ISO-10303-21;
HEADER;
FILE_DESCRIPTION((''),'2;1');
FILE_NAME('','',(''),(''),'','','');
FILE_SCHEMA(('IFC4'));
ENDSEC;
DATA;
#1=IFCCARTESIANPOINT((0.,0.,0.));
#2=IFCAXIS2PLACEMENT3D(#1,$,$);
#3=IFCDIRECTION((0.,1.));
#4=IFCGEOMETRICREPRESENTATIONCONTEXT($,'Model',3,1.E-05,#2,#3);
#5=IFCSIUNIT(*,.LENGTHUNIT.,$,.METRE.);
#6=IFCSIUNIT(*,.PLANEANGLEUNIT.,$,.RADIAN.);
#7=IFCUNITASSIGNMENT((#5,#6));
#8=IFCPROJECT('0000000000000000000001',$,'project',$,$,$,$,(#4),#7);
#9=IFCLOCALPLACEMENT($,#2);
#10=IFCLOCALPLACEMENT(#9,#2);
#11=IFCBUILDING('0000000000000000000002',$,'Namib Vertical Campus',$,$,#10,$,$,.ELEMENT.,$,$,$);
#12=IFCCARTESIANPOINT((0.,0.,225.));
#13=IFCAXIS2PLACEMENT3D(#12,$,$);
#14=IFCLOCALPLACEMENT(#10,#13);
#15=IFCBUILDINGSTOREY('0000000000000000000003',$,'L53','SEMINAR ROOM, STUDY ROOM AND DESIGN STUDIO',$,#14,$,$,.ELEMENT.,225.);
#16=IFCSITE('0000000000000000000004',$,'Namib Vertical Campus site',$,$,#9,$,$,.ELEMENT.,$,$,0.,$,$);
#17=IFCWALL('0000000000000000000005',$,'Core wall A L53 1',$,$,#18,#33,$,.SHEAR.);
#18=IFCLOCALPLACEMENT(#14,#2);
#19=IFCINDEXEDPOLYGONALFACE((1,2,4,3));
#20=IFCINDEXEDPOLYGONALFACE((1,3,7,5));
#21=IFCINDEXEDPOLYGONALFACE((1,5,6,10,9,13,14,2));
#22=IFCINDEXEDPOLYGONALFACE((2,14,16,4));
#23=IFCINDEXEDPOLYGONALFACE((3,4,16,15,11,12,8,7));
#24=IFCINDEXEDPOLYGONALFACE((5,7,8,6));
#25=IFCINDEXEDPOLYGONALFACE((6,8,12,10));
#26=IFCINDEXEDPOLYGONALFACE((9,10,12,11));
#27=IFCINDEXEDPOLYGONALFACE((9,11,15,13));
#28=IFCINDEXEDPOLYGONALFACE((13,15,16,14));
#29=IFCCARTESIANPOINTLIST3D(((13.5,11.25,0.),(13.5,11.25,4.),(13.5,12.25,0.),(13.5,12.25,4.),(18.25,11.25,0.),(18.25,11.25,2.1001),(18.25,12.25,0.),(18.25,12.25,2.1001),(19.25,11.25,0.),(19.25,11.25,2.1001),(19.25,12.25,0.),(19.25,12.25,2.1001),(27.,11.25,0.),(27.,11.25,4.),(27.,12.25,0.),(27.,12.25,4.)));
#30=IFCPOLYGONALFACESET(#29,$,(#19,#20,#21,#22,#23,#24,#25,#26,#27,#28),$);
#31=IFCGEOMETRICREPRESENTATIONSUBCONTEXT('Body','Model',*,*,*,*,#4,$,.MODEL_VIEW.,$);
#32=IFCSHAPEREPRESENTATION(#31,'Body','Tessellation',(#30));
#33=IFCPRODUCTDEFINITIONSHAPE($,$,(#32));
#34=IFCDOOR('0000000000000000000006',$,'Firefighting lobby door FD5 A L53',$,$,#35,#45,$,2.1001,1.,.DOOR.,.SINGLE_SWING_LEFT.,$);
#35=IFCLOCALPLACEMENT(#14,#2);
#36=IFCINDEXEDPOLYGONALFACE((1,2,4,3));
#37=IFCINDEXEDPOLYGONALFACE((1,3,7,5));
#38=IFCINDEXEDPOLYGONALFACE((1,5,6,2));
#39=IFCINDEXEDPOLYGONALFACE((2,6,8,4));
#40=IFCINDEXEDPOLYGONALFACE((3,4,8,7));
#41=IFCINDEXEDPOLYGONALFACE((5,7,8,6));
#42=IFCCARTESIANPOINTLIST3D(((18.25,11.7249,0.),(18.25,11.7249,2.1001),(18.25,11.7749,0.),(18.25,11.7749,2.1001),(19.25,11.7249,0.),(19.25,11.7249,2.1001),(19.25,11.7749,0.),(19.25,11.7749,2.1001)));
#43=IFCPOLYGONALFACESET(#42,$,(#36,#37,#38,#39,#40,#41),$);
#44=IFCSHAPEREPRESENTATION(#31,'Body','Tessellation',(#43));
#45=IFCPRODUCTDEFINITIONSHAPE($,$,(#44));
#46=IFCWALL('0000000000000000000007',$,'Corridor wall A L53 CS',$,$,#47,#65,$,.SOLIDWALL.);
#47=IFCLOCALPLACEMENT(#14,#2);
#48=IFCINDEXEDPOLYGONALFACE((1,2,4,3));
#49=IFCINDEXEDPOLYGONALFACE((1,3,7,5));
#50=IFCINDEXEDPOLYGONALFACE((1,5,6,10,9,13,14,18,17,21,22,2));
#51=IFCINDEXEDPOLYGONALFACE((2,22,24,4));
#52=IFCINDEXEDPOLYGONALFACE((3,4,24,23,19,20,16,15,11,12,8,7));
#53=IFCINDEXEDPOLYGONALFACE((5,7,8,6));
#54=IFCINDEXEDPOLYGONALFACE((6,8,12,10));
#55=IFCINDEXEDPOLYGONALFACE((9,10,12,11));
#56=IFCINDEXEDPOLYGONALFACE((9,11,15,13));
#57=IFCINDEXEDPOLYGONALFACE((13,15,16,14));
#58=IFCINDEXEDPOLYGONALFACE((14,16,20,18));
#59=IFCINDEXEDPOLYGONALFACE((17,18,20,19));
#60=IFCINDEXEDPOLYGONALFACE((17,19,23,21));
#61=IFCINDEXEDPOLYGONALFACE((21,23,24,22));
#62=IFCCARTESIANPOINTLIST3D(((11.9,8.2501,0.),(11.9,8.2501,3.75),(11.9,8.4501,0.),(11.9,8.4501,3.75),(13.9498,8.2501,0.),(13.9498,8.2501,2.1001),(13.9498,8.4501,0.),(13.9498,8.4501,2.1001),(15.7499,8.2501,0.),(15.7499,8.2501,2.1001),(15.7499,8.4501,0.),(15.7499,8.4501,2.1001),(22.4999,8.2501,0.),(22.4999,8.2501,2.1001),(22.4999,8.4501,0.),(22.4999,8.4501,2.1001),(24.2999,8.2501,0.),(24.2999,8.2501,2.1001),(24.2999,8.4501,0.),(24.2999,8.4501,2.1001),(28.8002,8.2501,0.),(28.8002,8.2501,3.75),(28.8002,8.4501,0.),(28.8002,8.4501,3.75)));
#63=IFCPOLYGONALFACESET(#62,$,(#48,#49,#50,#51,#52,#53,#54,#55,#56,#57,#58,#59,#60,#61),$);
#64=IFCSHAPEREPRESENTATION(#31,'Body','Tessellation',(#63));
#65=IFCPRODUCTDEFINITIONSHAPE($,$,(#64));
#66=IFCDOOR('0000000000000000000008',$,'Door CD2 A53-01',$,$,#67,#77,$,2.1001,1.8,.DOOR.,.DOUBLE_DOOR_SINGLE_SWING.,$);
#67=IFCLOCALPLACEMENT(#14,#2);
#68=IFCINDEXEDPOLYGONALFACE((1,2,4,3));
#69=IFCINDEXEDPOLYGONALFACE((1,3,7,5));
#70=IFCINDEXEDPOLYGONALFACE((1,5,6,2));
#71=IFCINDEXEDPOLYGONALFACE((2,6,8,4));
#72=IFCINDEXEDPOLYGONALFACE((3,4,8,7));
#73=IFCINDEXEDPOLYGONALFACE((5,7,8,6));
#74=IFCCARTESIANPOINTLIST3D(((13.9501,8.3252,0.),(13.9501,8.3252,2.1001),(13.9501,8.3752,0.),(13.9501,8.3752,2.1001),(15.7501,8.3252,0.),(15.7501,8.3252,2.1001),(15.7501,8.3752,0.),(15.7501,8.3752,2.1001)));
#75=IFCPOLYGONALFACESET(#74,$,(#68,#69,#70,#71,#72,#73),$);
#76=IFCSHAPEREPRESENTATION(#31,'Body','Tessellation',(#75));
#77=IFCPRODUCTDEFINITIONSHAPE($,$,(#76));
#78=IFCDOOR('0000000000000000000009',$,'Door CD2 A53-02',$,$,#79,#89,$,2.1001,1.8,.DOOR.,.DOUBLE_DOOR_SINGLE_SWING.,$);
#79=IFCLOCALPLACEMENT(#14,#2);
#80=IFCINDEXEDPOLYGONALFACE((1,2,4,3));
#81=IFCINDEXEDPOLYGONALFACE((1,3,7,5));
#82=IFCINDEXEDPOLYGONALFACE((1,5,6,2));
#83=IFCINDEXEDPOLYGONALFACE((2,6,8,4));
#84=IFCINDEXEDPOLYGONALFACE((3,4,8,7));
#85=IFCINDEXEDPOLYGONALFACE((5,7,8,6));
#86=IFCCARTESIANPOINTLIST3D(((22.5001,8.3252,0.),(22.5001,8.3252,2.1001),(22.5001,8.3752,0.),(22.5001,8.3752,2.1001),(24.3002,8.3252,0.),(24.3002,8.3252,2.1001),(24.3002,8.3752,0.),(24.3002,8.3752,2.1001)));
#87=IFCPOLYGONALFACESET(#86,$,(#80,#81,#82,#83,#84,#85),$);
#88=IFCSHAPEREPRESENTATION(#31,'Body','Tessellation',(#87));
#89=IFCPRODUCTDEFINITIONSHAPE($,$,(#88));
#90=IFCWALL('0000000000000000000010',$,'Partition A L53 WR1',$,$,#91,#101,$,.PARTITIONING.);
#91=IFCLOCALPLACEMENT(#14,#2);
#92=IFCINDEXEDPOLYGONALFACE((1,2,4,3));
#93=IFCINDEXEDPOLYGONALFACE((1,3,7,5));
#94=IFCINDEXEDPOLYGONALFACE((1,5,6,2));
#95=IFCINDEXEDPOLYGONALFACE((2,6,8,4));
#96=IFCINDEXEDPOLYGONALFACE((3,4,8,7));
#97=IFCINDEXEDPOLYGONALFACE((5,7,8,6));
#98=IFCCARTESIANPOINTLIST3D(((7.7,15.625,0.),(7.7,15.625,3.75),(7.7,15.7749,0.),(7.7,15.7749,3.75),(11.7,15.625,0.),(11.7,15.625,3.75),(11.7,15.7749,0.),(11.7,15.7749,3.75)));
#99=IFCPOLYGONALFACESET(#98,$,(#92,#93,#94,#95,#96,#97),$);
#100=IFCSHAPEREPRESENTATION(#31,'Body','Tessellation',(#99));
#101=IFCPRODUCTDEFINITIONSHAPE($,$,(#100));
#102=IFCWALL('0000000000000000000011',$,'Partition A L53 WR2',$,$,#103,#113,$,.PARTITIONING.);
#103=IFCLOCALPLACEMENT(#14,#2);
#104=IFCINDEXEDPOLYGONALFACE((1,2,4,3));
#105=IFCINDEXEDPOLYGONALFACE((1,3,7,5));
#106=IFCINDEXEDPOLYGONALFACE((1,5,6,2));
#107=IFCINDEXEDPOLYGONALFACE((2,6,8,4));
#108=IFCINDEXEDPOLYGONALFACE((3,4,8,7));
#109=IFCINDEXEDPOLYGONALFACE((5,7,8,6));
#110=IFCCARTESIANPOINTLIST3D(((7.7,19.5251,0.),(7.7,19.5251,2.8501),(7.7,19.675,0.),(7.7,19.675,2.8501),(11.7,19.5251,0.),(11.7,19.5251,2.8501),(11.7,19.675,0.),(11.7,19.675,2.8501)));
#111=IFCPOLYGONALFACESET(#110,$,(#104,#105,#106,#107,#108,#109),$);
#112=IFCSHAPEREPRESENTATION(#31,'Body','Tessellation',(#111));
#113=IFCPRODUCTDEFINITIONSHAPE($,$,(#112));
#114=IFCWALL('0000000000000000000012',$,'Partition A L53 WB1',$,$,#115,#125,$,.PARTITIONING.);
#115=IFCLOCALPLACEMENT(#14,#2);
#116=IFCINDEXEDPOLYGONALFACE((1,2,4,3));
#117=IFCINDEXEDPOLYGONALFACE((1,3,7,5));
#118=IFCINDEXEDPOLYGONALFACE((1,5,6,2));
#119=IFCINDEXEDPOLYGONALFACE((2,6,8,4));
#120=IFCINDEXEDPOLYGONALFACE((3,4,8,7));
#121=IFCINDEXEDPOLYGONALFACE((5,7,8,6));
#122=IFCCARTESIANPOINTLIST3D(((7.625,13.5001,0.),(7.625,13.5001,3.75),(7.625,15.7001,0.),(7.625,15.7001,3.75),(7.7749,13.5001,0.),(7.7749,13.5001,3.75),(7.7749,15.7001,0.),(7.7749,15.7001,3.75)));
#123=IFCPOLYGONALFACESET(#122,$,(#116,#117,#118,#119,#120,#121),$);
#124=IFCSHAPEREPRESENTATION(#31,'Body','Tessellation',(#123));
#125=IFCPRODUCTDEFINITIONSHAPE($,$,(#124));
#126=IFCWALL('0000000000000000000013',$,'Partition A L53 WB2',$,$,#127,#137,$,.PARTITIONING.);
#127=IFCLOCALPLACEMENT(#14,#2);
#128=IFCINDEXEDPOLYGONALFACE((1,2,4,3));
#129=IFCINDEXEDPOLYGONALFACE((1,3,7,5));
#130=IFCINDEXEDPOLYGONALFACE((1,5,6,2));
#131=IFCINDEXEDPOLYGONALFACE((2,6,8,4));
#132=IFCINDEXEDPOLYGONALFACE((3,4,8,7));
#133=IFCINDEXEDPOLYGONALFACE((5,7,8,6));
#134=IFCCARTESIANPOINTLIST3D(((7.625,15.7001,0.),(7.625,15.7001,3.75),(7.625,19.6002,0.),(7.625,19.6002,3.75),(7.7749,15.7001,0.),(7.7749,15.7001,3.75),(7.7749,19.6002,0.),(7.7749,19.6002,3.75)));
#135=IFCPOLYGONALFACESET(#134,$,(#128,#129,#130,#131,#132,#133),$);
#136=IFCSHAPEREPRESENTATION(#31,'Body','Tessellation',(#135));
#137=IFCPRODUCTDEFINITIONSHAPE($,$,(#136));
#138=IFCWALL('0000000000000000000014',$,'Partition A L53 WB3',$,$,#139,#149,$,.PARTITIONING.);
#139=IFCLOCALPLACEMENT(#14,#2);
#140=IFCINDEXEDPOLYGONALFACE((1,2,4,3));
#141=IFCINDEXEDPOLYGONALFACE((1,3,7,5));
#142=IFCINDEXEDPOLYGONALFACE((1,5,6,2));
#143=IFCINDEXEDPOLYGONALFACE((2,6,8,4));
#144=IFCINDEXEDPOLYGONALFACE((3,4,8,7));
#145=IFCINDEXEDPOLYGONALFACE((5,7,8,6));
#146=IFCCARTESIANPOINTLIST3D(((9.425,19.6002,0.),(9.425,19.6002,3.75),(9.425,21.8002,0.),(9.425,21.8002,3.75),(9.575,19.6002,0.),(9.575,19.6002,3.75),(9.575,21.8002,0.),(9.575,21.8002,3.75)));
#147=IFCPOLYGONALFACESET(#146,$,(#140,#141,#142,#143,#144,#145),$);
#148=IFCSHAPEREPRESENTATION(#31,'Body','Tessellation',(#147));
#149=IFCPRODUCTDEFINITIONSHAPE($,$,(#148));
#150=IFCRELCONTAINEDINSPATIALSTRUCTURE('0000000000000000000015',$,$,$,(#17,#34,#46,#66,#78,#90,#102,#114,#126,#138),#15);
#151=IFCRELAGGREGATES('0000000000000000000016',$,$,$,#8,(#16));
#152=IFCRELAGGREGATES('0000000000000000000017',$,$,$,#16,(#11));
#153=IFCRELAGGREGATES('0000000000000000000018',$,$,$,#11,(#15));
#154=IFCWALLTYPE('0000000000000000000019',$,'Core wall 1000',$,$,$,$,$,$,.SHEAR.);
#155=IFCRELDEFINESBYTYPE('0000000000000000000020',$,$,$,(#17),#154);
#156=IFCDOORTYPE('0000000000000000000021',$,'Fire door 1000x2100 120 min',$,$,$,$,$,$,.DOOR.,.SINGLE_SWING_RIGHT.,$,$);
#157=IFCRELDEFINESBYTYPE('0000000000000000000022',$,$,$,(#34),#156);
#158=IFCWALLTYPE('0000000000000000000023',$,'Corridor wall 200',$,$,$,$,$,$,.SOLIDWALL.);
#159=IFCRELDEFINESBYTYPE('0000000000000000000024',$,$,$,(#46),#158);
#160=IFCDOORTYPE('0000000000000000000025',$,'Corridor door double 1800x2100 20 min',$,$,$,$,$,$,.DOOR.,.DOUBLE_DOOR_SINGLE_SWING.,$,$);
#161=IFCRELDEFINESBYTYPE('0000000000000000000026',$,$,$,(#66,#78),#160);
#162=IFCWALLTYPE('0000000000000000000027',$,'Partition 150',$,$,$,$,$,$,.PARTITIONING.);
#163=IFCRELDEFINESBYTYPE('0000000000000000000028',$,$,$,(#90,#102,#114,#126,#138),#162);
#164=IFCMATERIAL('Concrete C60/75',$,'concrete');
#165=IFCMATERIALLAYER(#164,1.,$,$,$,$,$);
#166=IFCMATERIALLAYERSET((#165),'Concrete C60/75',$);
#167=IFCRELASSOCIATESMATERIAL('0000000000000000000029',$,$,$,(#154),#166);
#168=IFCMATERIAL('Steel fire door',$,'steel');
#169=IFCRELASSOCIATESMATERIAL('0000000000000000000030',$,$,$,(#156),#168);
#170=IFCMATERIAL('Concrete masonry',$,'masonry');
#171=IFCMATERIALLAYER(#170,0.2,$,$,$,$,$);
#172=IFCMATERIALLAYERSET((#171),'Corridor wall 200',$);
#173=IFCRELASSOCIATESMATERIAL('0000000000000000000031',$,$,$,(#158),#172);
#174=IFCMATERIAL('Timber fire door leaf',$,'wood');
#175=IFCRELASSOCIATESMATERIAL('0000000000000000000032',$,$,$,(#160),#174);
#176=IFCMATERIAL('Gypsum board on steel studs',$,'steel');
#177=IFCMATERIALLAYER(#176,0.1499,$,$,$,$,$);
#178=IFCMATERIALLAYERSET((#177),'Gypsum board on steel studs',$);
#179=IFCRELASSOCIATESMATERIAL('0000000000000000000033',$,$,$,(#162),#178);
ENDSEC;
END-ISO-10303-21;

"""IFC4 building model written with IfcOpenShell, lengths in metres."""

from ifc_helpers import new_model, si_unit, direction, frame, frame_2d, origin, place, context, subcontext, project, spatial, rectangle, extrude, material, layer, layer_set, type_object, element, fill, save


model = new_model("IFC4")

# Units and contexts
model_context = context("Model", 3, precision=1e-05, world=origin(), true_north=direction((0.0, 1.0)))
body_context = subcontext(model_context, "Body", "Model", "MODEL_VIEW")
ifc_project = project(units=[si_unit("LENGTHUNIT", "METRE"), si_unit("PLANEANGLEUNIT", "RADIAN")], contexts=[model_context])

# Site, building, storey
site_placement = place(None, origin())
site = spatial("IfcSite", under=ifc_project, at=site_placement, Name="Namib Vertical Campus site", CompositionType="ELEMENT", RefElevation=0.0)
building_placement = place(site_placement, origin())
building = spatial("IfcBuilding", under=site, at=building_placement, Name="Namib Vertical Campus", CompositionType="ELEMENT")
storey_placement = place(building_placement, frame((0.0, 0.0, 225.0)))
storey = spatial("IfcBuildingStorey", under=building, at=storey_placement, Name="L53", Description="SEMINAR ROOM, STUDY ROOM AND DESIGN STUDIO", CompositionType="ELEMENT", Elevation=225.0)

# Wall, opening, door
ifc_material_1 = material(Name="Concrete C60/75", Category="concrete")
ifc_layer_1 = layer(ifc_material_1, 1.0)
ifc_layer_set_1 = layer_set([ifc_layer_1], Name="Concrete C60/75")
wall_type_1 = type_object("IfcWallType", Name="Core wall 1000", PredefinedType="SHEAR", material=ifc_layer_set_1)
wall_1_placement = place(storey_placement, frame((13.5, 11.75, 0.0), z_axis=(0.0, 0.0, 1.0), x_axis=(1.0, 0.0, 0.0)))
wall_1 = element("IfcWall", 1, at=wall_1_placement, inside=storey, type_object=wall_type_1, Name="Core wall A L53 1", PredefinedType="SHEAR", context=body_context, shape_type="SweptSolid", body=[
    extrude(rectangle(XDim=13.5, YDim=1.0, at=frame_2d((6.75, 0.0))), origin(), (0.0, 0.0, 1.0), 4.0),
])
opening_1_placement = place(wall_1_placement, frame((4.75, 0.0, 0.0)))
opening_1 = element("IfcOpeningElement", 2, at=opening_1_placement, cuts=wall_1, PredefinedType="OPENING", context=body_context, shape_type="SweptSolid", body=[
    extrude(rectangle(XDim=1.0, YDim=2.1001, at=frame_2d((0.5, 1.05))), frame((0.0, 0.51, 0.0), z_axis=(0.0, -1.0, 0.0), x_axis=(1.0, 0.0, 0.0)), (0.0, 0.0, 1.0), 1.02),
])
ifc_material_2 = material(Name="Steel fire door", Category="steel")
door_type_1 = type_object("IfcDoorType", Name="Fire door 1000x2100 120 min", OperationType="SINGLE_SWING_RIGHT", PredefinedType="DOOR", material=ifc_material_2)
door_1_placement = place(opening_1_placement, origin())
door_1 = element("IfcDoor", 3, at=door_1_placement, inside=storey, type_object=door_type_1, Name="Firefighting lobby door FD5 A L53", OperationType="SINGLE_SWING_LEFT", OverallHeight=2.1001, OverallWidth=1.0, PredefinedType="DOOR", context=body_context, shape_type="SweptSolid", body=[
    extrude(rectangle(XDim=1.0, YDim=2.1001, at=frame_2d((0.5, 1.05))), frame((0.0, 0.0249, 0.0), z_axis=(0.0, -1.0, 0.0), x_axis=(1.0, 0.0, 0.0)), (0.0, 0.0, 1.0), 0.05),
])
fill(opening_1, door_1)

# Wall, openings, doors
ifc_material_3 = material(Name="Concrete masonry", Category="masonry")
ifc_layer_2 = layer(ifc_material_3, 0.2)
ifc_layer_set_2 = layer_set([ifc_layer_2], Name="Corridor wall 200")
wall_type_2 = type_object("IfcWallType", Name="Corridor wall 200", PredefinedType="SOLIDWALL", material=ifc_layer_set_2)
wall_2_placement = place(storey_placement, frame((11.8999, 8.3501, 0.0), z_axis=(0.0, 0.0, 1.0), x_axis=(1.0, 0.0, 0.0)))
wall_2 = element("IfcWall", 4, at=wall_2_placement, inside=storey, type_object=wall_type_2, Name="Corridor wall A L53 CS", PredefinedType="SOLIDWALL", context=body_context, shape_type="SweptSolid", body=[
    extrude(rectangle(XDim=16.9001, YDim=0.2, at=frame_2d((8.4502, 0.0))), origin(), (0.0, 0.0, 1.0), 3.75),
])
opening_2_placement = place(wall_2_placement, frame((2.05, 0.0, 0.0)))
opening_2 = element("IfcOpeningElement", 5, at=opening_2_placement, cuts=wall_2, PredefinedType="OPENING", context=body_context, shape_type="SweptSolid", body=[
    extrude(rectangle(XDim=1.8, YDim=2.1001, at=frame_2d((0.8999, 1.05))), frame((0.0, 0.1099, 0.0), z_axis=(0.0, -1.0, 0.0), x_axis=(1.0, 0.0, 0.0)), (0.0, 0.0, 1.0), 0.22),
])
opening_3_placement = place(wall_2_placement, frame((10.6001, 0.0, 0.0)))
opening_3 = element("IfcOpeningElement", 6, at=opening_3_placement, cuts=wall_2, PredefinedType="OPENING", context=body_context, shape_type="SweptSolid", body=[
    extrude(rectangle(XDim=1.8, YDim=2.1001, at=frame_2d((0.8999, 1.05))), frame((0.0, 0.1099, 0.0), z_axis=(0.0, -1.0, 0.0), x_axis=(1.0, 0.0, 0.0)), (0.0, 0.0, 1.0), 0.22),
])
ifc_material_4 = material(Name="Timber fire door leaf", Category="wood")
door_type_2 = type_object("IfcDoorType", Name="Corridor door double 1800x2100 20 min", OperationType="DOUBLE_DOOR_SINGLE_SWING", PredefinedType="DOOR", material=ifc_material_4)
door_2_placement = place(opening_2_placement, frame((1.8, 0.0, 0.0), z_axis=(0.0, 0.0, 1.0), x_axis=(-1.0, 0.0, 0.0)))
door_2 = element("IfcDoor", 7, at=door_2_placement, inside=storey, type_object=door_type_2, Name="Door CD2 A53-01", OperationType="DOUBLE_DOOR_SINGLE_SWING", OverallHeight=2.1001, OverallWidth=1.8, PredefinedType="DOOR", context=body_context, shape_type="SweptSolid", body=[
    extrude(rectangle(XDim=1.8, YDim=2.1001, at=frame_2d((0.8999, 1.05))), frame((0.0, 0.0249, 0.0), z_axis=(0.0, -1.0, 0.0), x_axis=(1.0, 0.0, 0.0)), (0.0, 0.0, 1.0), 0.05),
])
fill(opening_2, door_2)
door_3_placement = place(opening_3_placement, frame((1.8, 0.0, 0.0), z_axis=(0.0, 0.0, 1.0), x_axis=(-1.0, 0.0, 0.0)))
door_3 = element("IfcDoor", 8, at=door_3_placement, inside=storey, type_object=door_type_2, Name="Door CD2 A53-02", OperationType="DOUBLE_DOOR_SINGLE_SWING", OverallHeight=2.1001, OverallWidth=1.8, PredefinedType="DOOR", context=body_context, shape_type="SweptSolid", body=[
    extrude(rectangle(XDim=1.8, YDim=2.1001, at=frame_2d((0.8999, 1.05))), frame((0.0, 0.0249, 0.0), z_axis=(0.0, -1.0, 0.0), x_axis=(1.0, 0.0, 0.0)), (0.0, 0.0, 1.0), 0.05),
])
fill(opening_3, door_3)

# Walls
ifc_material_5 = material(Name="Gypsum board on steel studs", Category="steel")
ifc_layer_3 = layer(ifc_material_5, 0.1499)
ifc_layer_set_3 = layer_set([ifc_layer_3], Name="Gypsum board on steel studs")
wall_type_3 = type_object("IfcWallType", Name="Partition 150", PredefinedType="PARTITIONING", material=ifc_layer_set_3)
wall_3_placement = place(storey_placement, frame((11.7, 15.7, 0.0), z_axis=(0.0, 0.0, 1.0), x_axis=(-1.0, 0.0, 0.0)))
element("IfcWall", 9, at=wall_3_placement, inside=storey, type_object=wall_type_3, Name="Partition A L53 WR1", PredefinedType="PARTITIONING", context=body_context, shape_type="SweptSolid", body=[
    extrude(rectangle(XDim=4.0, YDim=0.1499, at=frame_2d((2.0, 0.0))), origin(), (0.0, 0.0, 1.0), 3.75),
])
wall_4_placement = place(storey_placement, frame((11.7, 19.6001, 0.0), z_axis=(0.0, 0.0, 1.0), x_axis=(-1.0, 0.0, 0.0)))
element("IfcWall", 10, at=wall_4_placement, inside=storey, type_object=wall_type_3, Name="Partition A L53 WR2", PredefinedType="PARTITIONING", context=body_context, shape_type="SweptSolid", body=[
    extrude(rectangle(XDim=4.0, YDim=0.1499, at=frame_2d((2.0, 0.0))), origin(), (0.0, 0.0, 1.0), 2.8501),
])
wall_5_placement = place(storey_placement, frame((7.7, 13.5, 0.0), z_axis=(0.0, 0.0, 1.0), x_axis=(0.0, 1.0, 0.0)))
element("IfcWall", 11, at=wall_5_placement, inside=storey, type_object=wall_type_3, Name="Partition A L53 WB1", PredefinedType="PARTITIONING", context=body_context, shape_type="SweptSolid", body=[
    extrude(rectangle(XDim=2.2, YDim=0.1499, at=frame_2d((1.1001, 0.0))), origin(), (0.0, 0.0, 1.0), 3.75),
])
wall_6_placement = place(storey_placement, frame((7.7, 15.7, 0.0), z_axis=(0.0, 0.0, 1.0), x_axis=(0.0, 1.0, 0.0)))
element("IfcWall", 12, at=wall_6_placement, inside=storey, type_object=wall_type_3, Name="Partition A L53 WB2", PredefinedType="PARTITIONING", context=body_context, shape_type="SweptSolid", body=[
    extrude(rectangle(XDim=3.9001, YDim=0.1499, at=frame_2d((1.9502, 0.0))), origin(), (0.0, 0.0, 1.0), 3.75),
])
wall_7_placement = place(storey_placement, frame((9.5, 19.6001, 0.0), z_axis=(0.0, 0.0, 1.0), x_axis=(0.0, 1.0, 0.0)))
element("IfcWall", 13, at=wall_7_placement, inside=storey, type_object=wall_type_3, Name="Partition A L53 WB3", PredefinedType="PARTITIONING", context=body_context, shape_type="SweptSolid", body=[
    extrude(rectangle(XDim=2.2, YDim=0.1499, at=frame_2d((1.1001, 0.0))), origin(), (0.0, 0.0, 1.0), 3.75),
])

save(model, "model.ifc")
